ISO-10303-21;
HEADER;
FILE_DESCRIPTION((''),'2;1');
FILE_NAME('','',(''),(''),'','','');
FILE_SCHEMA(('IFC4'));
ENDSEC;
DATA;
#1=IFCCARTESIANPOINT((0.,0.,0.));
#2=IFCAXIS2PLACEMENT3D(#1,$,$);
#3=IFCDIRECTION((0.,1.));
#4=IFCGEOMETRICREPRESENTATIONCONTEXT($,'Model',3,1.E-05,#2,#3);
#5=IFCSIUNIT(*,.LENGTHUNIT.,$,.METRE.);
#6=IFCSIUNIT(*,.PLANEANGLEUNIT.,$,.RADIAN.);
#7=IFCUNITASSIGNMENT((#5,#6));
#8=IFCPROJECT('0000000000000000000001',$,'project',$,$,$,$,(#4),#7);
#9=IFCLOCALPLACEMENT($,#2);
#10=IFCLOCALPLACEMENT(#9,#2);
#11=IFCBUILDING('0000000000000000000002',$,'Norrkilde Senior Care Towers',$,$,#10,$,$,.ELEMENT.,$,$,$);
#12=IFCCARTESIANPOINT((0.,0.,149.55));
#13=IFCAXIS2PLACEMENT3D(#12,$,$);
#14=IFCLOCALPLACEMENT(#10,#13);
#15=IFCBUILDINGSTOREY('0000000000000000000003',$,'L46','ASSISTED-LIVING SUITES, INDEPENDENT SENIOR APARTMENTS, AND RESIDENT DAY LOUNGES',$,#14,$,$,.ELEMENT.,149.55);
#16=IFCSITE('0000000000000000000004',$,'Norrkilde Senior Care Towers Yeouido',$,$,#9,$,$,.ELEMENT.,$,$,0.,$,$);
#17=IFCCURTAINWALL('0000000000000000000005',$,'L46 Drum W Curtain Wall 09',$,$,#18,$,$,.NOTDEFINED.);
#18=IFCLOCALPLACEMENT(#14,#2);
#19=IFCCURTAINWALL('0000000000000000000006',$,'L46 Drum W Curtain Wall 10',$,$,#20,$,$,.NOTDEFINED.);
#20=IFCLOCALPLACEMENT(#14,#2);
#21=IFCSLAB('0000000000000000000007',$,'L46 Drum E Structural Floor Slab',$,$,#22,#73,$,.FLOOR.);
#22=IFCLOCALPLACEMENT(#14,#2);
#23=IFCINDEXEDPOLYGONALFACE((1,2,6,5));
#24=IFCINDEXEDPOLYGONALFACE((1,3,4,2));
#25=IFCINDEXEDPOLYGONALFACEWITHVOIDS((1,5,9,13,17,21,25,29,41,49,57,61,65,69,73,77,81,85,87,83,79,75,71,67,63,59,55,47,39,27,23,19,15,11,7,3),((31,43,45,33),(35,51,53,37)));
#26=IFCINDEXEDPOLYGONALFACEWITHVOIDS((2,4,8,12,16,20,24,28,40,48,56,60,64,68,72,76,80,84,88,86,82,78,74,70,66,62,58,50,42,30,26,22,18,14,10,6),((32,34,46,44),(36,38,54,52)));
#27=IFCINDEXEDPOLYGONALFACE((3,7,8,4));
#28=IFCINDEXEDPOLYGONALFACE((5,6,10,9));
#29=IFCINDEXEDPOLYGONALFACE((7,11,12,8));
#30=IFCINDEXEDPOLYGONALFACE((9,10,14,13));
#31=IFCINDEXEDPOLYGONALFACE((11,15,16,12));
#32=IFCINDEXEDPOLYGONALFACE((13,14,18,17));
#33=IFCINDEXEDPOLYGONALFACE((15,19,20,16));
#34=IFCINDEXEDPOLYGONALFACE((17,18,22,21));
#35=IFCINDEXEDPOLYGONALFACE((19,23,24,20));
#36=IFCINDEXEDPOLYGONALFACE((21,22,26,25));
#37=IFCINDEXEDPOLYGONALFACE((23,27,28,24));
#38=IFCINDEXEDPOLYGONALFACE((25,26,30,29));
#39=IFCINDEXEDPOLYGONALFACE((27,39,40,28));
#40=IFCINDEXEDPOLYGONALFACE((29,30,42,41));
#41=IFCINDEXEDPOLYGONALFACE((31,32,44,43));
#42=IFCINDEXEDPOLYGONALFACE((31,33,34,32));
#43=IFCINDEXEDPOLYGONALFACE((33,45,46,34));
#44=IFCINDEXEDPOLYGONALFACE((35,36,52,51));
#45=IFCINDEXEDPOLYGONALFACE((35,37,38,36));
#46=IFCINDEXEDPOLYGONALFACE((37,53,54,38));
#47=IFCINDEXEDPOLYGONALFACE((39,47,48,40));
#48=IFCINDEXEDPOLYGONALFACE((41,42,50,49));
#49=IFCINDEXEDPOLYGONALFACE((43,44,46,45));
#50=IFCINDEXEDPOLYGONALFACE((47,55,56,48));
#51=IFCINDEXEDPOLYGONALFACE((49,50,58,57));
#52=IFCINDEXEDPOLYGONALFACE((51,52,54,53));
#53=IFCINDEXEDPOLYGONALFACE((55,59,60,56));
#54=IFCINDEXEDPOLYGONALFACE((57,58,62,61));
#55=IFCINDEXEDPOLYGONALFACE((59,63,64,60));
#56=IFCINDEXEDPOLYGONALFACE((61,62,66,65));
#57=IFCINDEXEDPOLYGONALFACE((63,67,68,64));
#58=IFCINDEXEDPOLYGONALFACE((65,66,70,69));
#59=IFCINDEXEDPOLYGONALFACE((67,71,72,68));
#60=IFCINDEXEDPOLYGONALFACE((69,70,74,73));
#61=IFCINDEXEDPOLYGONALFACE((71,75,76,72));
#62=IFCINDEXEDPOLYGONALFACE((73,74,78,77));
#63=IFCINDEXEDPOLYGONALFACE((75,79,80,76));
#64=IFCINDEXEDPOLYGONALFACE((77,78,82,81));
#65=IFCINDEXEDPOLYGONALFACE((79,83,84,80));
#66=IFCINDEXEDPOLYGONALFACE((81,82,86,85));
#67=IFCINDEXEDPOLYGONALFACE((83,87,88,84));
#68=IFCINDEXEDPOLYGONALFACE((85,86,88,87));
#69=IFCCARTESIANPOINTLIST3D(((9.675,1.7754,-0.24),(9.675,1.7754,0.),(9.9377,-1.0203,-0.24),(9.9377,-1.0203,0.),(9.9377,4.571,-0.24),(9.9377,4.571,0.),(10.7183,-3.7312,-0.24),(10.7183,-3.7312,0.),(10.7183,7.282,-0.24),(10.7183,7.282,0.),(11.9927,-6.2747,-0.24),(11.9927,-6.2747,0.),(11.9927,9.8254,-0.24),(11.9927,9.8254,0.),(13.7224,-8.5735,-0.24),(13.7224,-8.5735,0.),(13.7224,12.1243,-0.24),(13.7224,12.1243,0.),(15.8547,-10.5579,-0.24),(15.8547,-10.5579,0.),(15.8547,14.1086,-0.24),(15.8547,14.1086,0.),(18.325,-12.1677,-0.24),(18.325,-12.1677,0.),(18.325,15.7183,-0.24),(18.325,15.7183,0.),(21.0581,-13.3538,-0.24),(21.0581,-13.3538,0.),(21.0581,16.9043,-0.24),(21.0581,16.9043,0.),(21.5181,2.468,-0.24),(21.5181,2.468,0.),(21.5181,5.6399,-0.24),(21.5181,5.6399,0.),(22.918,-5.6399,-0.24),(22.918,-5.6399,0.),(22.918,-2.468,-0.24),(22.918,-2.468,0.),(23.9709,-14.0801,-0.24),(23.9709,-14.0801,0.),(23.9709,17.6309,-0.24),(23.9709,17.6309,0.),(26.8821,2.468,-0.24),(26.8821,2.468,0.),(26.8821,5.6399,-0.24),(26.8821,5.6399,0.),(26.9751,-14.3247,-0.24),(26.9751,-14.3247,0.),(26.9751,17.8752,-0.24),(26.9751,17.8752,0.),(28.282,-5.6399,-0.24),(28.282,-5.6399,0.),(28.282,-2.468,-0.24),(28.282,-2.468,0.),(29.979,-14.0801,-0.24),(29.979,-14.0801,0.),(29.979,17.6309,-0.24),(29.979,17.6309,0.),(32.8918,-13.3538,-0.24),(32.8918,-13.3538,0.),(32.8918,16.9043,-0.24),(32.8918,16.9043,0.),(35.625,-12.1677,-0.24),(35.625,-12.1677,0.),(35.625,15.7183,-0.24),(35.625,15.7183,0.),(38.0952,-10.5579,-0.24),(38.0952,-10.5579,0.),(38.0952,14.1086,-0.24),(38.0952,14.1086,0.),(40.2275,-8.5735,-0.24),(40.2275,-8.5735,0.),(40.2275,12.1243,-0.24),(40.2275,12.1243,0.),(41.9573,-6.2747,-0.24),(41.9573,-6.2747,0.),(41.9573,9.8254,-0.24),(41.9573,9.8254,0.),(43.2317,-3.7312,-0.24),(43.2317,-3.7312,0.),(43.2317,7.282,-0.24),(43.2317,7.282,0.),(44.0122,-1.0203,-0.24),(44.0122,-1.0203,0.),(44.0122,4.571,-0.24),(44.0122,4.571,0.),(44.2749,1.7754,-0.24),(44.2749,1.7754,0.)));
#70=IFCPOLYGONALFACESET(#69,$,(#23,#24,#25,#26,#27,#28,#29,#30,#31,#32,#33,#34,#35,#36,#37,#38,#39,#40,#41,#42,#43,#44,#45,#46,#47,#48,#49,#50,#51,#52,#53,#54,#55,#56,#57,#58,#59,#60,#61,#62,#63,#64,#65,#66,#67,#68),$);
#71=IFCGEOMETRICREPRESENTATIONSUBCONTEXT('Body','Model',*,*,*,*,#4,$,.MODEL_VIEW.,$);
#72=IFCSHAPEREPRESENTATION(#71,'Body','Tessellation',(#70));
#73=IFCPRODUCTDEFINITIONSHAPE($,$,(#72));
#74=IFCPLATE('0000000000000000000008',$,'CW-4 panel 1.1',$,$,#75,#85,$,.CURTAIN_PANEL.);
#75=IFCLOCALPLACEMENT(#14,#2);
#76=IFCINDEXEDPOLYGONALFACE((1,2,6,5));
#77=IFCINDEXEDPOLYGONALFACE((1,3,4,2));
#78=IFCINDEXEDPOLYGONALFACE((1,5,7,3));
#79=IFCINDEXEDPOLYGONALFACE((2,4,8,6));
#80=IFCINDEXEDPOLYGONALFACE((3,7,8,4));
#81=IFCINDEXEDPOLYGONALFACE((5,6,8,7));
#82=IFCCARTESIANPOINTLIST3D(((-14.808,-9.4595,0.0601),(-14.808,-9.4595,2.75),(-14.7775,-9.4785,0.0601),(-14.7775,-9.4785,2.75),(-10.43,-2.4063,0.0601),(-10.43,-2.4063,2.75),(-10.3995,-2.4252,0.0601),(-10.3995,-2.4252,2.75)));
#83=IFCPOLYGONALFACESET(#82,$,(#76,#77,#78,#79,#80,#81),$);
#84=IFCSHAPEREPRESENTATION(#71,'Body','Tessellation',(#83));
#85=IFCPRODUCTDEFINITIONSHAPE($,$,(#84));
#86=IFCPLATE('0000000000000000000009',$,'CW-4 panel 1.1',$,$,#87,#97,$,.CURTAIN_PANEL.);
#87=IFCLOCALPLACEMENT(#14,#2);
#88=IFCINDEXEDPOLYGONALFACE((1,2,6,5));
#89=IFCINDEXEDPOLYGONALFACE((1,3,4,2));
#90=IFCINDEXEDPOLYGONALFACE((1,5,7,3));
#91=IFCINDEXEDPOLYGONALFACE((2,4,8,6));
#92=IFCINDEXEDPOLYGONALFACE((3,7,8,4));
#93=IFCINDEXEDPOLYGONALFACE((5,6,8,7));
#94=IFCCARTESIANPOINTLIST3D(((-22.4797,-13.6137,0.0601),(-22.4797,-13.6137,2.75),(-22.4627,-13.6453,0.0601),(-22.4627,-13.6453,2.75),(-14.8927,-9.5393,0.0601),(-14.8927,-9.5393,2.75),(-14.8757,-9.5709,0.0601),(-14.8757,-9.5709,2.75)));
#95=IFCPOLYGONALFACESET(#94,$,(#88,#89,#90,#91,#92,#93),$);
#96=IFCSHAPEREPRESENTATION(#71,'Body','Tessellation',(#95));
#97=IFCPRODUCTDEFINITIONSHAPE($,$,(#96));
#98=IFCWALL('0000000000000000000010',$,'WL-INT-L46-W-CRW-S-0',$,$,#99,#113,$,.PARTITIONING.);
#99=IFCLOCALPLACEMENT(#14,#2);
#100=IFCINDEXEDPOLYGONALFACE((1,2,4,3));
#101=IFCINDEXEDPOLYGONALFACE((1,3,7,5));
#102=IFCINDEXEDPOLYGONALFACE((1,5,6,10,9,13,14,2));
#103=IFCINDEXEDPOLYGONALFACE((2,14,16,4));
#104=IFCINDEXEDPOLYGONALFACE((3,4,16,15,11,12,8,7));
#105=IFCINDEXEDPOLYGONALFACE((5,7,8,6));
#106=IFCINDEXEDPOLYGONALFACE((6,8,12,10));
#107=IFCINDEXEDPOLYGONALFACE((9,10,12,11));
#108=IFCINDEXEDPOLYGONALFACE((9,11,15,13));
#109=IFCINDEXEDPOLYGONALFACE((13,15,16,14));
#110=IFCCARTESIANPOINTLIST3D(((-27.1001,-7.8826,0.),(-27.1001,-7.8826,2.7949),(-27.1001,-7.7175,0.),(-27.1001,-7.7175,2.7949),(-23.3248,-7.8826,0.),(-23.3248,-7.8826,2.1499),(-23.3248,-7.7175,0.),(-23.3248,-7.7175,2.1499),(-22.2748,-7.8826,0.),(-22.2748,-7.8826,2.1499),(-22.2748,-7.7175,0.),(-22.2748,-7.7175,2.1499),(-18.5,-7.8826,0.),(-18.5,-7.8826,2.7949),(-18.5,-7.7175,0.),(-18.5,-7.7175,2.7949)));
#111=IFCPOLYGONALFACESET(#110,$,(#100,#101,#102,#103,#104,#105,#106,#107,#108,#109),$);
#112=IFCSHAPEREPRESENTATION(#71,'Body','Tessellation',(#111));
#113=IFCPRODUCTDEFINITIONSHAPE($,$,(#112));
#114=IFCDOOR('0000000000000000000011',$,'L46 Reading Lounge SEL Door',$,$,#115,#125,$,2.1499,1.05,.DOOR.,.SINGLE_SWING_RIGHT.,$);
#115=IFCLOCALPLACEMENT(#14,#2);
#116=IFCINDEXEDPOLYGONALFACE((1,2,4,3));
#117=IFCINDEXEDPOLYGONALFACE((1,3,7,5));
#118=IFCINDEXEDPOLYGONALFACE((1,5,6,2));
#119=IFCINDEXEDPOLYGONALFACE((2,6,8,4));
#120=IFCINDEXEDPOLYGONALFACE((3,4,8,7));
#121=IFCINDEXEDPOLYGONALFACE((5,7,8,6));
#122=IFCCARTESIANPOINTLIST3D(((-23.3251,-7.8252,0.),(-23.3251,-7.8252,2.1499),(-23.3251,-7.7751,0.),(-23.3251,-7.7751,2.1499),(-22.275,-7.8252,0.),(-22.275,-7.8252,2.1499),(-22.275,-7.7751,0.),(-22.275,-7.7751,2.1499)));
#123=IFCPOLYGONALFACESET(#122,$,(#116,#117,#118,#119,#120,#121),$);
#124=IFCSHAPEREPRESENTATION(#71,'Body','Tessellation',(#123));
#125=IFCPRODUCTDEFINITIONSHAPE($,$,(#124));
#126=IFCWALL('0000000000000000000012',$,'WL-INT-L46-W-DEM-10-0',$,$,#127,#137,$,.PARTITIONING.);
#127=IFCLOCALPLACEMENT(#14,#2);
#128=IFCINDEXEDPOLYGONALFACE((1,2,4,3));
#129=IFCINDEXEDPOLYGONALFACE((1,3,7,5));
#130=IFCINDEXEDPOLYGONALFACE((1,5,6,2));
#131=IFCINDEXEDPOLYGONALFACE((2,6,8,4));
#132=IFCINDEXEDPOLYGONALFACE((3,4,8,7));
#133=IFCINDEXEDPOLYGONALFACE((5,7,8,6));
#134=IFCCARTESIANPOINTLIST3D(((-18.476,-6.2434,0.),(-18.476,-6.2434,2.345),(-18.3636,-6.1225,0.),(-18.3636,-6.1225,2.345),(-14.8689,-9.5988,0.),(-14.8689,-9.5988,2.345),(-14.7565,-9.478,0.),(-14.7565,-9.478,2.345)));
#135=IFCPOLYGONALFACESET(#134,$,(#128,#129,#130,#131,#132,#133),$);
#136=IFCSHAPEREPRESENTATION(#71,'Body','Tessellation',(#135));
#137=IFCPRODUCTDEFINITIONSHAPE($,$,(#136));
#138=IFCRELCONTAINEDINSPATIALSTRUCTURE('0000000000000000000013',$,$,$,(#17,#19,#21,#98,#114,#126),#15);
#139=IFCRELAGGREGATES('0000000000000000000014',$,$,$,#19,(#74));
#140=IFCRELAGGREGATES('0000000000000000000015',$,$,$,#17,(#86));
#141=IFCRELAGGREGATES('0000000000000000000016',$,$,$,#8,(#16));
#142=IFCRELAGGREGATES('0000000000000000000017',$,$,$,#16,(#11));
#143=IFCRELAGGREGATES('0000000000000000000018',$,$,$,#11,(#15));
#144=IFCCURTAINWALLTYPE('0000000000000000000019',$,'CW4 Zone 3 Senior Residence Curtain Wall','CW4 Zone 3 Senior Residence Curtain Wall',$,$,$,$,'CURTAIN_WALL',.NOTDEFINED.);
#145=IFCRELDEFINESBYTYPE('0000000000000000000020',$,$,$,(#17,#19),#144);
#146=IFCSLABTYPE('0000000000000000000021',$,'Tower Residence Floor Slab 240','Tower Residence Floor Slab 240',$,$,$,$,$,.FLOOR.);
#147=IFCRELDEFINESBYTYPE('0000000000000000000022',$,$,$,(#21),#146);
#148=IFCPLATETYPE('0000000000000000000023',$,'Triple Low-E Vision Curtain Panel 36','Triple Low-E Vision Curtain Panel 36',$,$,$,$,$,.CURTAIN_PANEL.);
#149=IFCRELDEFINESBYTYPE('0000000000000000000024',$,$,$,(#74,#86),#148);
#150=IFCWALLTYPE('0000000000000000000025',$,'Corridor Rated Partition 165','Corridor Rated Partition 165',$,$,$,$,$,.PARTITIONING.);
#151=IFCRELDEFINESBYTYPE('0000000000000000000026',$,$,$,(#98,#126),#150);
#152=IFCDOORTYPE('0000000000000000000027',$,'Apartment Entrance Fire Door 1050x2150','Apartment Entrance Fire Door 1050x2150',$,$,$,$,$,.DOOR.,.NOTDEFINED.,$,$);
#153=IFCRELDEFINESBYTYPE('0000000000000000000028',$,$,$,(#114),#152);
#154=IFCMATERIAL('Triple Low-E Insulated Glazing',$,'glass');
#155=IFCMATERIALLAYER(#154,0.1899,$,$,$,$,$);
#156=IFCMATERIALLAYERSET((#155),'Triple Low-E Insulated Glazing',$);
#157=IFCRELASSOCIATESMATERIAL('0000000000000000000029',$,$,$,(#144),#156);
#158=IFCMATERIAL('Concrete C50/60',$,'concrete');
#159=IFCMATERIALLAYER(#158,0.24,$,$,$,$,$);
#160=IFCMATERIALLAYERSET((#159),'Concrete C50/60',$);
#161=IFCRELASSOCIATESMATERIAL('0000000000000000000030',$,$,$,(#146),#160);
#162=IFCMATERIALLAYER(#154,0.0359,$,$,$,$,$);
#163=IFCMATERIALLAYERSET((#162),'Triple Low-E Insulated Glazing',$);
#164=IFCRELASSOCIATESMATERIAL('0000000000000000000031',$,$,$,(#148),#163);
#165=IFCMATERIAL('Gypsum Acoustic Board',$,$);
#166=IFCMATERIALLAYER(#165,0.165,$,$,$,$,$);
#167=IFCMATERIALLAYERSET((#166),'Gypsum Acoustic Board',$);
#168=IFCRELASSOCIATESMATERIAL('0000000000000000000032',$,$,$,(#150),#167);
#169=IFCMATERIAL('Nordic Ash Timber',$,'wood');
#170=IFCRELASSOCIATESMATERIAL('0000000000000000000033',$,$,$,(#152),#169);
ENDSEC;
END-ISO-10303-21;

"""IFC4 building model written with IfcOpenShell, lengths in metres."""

from ifc_helpers import new_model, si_unit, direction, frame, frame_2d, origin, origin_2d, place, context, subcontext, project, spatial, polyline, rectangle, outline, extrude, source, transform, mapped, material, layer, layer_set, type_object, type_shapes, element, fill, aggregate, save


model = new_model("IFC4")

# Units and contexts
model_context = context("Model", 3, precision=1e-05, world=origin(), true_north=direction((0.0, 1.0)))
body_context = subcontext(model_context, "Body", "Model", "MODEL_VIEW")
ifc_project = project(units=[si_unit("LENGTHUNIT", "METRE"), si_unit("PLANEANGLEUNIT", "RADIAN")], contexts=[model_context])

# Site, building, storey
site_placement = place(None, origin())
site = spatial("IfcSite", under=ifc_project, at=site_placement, Name="Norrkilde Senior Care Towers Yeouido", CompositionType="ELEMENT", RefElevation=0.0)
building_placement = place(site_placement, origin())
building = spatial("IfcBuilding", under=site, at=building_placement, Name="Norrkilde Senior Care Towers", CompositionType="ELEMENT")
storey_placement = place(building_placement, frame((0.0, 0.0, 149.55)))
storey = spatial("IfcBuildingStorey", under=building, at=storey_placement, Name="L46", Description="ASSISTED-LIVING SUITES, INDEPENDENT SENIOR APARTMENTS, AND RESIDENT DAY LOUNGES", CompositionType="ELEMENT", Elevation=149.55)

# Shared definitions
ifc_material_1 = material(Name="Concrete C50/60", Category="concrete")

# Curtain wall
ifc_material_2 = material(Name="Triple Low-E Insulated Glazing", Category="glass")
ifc_layer_1 = layer(ifc_material_2, 0.1899)
ifc_layer_set_1 = layer_set([ifc_layer_1], Name="Triple Low-E Insulated Glazing")
curtain_wall_type = type_object("IfcCurtainWallType", Name="CW4 Zone 3 Senior Residence Curtain Wall", Description="CW4 Zone 3 Senior Residence Curtain Wall", ElementType="CURTAIN_WALL", PredefinedType="NOTDEFINED", material=ifc_layer_set_1)
curtain_wall_1_placement = place(storey_placement, origin())
curtain_wall_1 = element("IfcCurtainWall", 1, at=curtain_wall_1_placement, inside=storey, type_object=curtain_wall_type, Name="L46 Drum W Curtain Wall 09", PredefinedType="NOTDEFINED")

# Curtain wall
curtain_wall_2_placement = place(storey_placement, origin())
curtain_wall_2 = element("IfcCurtainWall", 2, at=curtain_wall_2_placement, inside=storey, type_object=curtain_wall_type, Name="L46 Drum W Curtain Wall 10", PredefinedType="NOTDEFINED")

# Slab
ifc_layer_2 = layer(ifc_material_1, 0.24)
ifc_layer_set_2 = layer_set([ifc_layer_2], Name="Concrete C50/60")
slab_type_1 = type_object("IfcSlabType", Name="Tower Residence Floor Slab 240", Description="Tower Residence Floor Slab 240", PredefinedType="FLOOR", material=ifc_layer_set_2)
slab_1_placement = place(storey_placement, frame((0.0, 0.0, -0.24)))
element("IfcSlab", 3, at=slab_1_placement, inside=storey, type_object=slab_type_1, Name="L46 Drum E Structural Floor Slab", PredefinedType="FLOOR", context=body_context, shape_type="SweptSolid", body=[
    extrude(outline(polyline([(43.2317, -3.7312), (41.9573, -6.2747), (40.2275, -8.5735), (38.0952, -10.5579), (35.625, -12.1677), (32.8918, -13.3538), (29.979, -14.0801), (26.9751, -14.3247), (23.9709, -14.0801), (21.0581, -13.3538), (18.325, -12.1677), (15.8547, -10.5579), (13.7224, -8.5735), (11.9927, -6.2747), (10.7183, -3.7312), (9.9377, -1.0203), (9.675, 1.7754), (9.9377, 4.571), (10.7183, 7.282), (11.9927, 9.8254), (13.7224, 12.1243), (15.8547, 14.1086), (18.325, 15.7183), (21.0581, 16.9043), (23.9709, 17.6309), (26.9751, 17.8752), (29.979, 17.6309), (32.8918, 16.9043), (35.625, 15.7183), (38.0952, 14.1086), (40.2275, 12.1243), (41.9573, 9.8254), (43.2317, 7.282), (44.0122, 4.571), (44.2749, 1.7754), (44.0122, -1.0203), (43.2317, -3.7312)]), holes=[polyline([(21.5181, 2.468), (26.8821, 2.468), (26.8821, 5.6399), (21.5181, 5.6399), (21.5181, 2.468)]), polyline([(28.282, -5.6399), (28.282, -2.468), (22.918, -2.468), (22.918, -5.6399), (28.282, -5.6399)])]), origin(), (0.0, 0.0, 1.0), 0.24),
])

# Plates
ifc_layer_3 = layer(ifc_material_2, 0.0359)
ifc_layer_set_3 = layer_set([ifc_layer_3], Name="Triple Low-E Insulated Glazing")
plate_type = type_object("IfcPlateType", Name="Triple Low-E Vision Curtain Panel 36", Description="Triple Low-E Vision Curtain Panel 36", PredefinedType="CURTAIN_PANEL", material=ifc_layer_set_3)
shared_shape_1 = source(origin(), body_context, "Body", "SweptSolid", [
    extrude(rectangle(XDim=8.3015, YDim=0.0359, at=origin_2d()), origin(), (0.0, 0.0, 1.0), 2.6899),
])
plate_1_placement = place(storey_placement, frame((-12.6038, -5.9424, 0.0601), z_axis=(0.0, 0.0, 1.0), x_axis=(-0.527373, -0.849634, 0.0)))
plate_1 = element("IfcPlate", 4, at=plate_1_placement, type_object=plate_type, Name="CW-4 panel 1.1", PredefinedType="CURTAIN_PANEL", context=body_context, shape_type="MappedRepresentation", body=[
    mapped(shared_shape_1, transform((0.0, 0.0, 0.0), x_axis=(1.0, 0.0, 0.0), y_axis=(0.0, 1.0, 0.0), z_axis=(0.0, 0.0, 1.0), scale=1.0)),
])
aggregate(curtain_wall_2, [plate_1])
shared_shape_2 = source(origin(), body_context, "Body", "SweptSolid", [
    extrude(rectangle(XDim=8.6118, YDim=0.0359, at=origin_2d()), origin(), (0.0, 0.0, 1.0), 2.6899),
])
type_shapes(plate_type, [shared_shape_1, shared_shape_2])
plate_2_placement = place(storey_placement, frame((-18.6777, -11.5923, 0.0601), z_axis=(0.0, 0.0, 1.0), x_axis=(-0.881, -0.473117, 0.0)))
plate_2 = element("IfcPlate", 5, at=plate_2_placement, type_object=plate_type, Name="CW-4 panel 1.1", PredefinedType="CURTAIN_PANEL", context=body_context, shape_type="MappedRepresentation", body=[
    mapped(shared_shape_2, transform((0.0, 0.0, 0.0), x_axis=(1.0, 0.0, 0.0), y_axis=(0.0, 1.0, 0.0), z_axis=(0.0, 0.0, 1.0), scale=1.0)),
])
aggregate(curtain_wall_1, [plate_2])

# Wall, opening, door
ifc_material_3 = material(Name="Gypsum Acoustic Board")
ifc_layer_4 = layer(ifc_material_3, 0.165)
ifc_layer_set_4 = layer_set([ifc_layer_4], Name="Gypsum Acoustic Board")
wall_type = type_object("IfcWallType", Name="Corridor Rated Partition 165", Description="Corridor Rated Partition 165", PredefinedType="PARTITIONING", material=ifc_layer_set_4)
shared_shape_3 = source(origin(), body_context, "Body", "SweptSolid", [
    extrude(rectangle(XDim=8.6001, YDim=0.165, at=frame_2d((4.3, 0.0))), origin(), (0.0, 0.0, 1.0), 2.7949),
])
wall_1_placement = place(storey_placement, frame((-18.5, -7.8, 0.0), z_axis=(0.0, 0.0, 1.0), x_axis=(-1.0, 0.0, 0.0)))
wall_1 = element("IfcWall", 6, at=wall_1_placement, inside=storey, type_object=wall_type, Name="WL-INT-L46-W-CRW-S-0", PredefinedType="PARTITIONING", context=body_context, shape_type="MappedRepresentation", body=[
    mapped(shared_shape_3, transform((0.0, 0.0, 0.0), x_axis=(1.0, 0.0, 0.0), y_axis=(0.0, 1.0, 0.0), z_axis=(0.0, 0.0, 1.0), scale=1.0)),
])
opening_placement = place(wall_1_placement, frame((3.7749, 0.0, 0.0)))
opening = element("IfcOpeningElement", 7, at=opening_placement, cuts=wall_1, PredefinedType="OPENING", context=body_context, shape_type="SweptSolid", body=[
    extrude(rectangle(XDim=1.05, YDim=2.1499, at=frame_2d((0.5249, 1.075))), frame((0.0, 0.0925, 0.0), z_axis=(0.0, -1.0, 0.0), x_axis=(1.0, 0.0, 0.0)), (0.0, 0.0, 1.0), 0.1851),
])
ifc_material_4 = material(Name="Nordic Ash Timber", Category="wood")
door_type = type_object("IfcDoorType", Name="Apartment Entrance Fire Door 1050x2150", Description="Apartment Entrance Fire Door 1050x2150", OperationType="NOTDEFINED", PredefinedType="DOOR", material=ifc_material_4)
shared_shape_4 = source(origin(), body_context, "Body", "SweptSolid", [
    extrude(rectangle(XDim=1.05, YDim=2.1499, at=frame_2d((0.5249, 1.075))), frame((0.0, 0.0249, 0.0), z_axis=(0.0, -1.0, 0.0), x_axis=(1.0, 0.0, 0.0)), (0.0, 0.0, 1.0), 0.05),
])
type_shapes(door_type, [shared_shape_4])
door_placement = place(opening_placement, frame((1.05, 0.0, 0.0), z_axis=(0.0, 0.0, 1.0), x_axis=(-1.0, 0.0, 0.0)))
door = element("IfcDoor", 8, at=door_placement, inside=storey, type_object=door_type, Name="L46 Reading Lounge SEL Door", OperationType="SINGLE_SWING_RIGHT", OverallHeight=2.1499, OverallWidth=1.05, PredefinedType="DOOR", context=body_context, shape_type="MappedRepresentation", body=[
    mapped(shared_shape_4, transform((0.0, 0.0, 0.0), x_axis=(1.0, 0.0, 0.0), y_axis=(0.0, 1.0, 0.0), z_axis=(0.0, 0.0, 1.0), scale=1.0)),
])
fill(opening, door)

# Wall
shared_shape_5 = source(origin(), body_context, "Body", "SweptSolid", [
    extrude(rectangle(XDim=4.9265, YDim=0.165, at=frame_2d((2.4634, 0.0))), origin(), (0.0, 0.0, 1.0), 2.345),
])
type_shapes(wall_type, [shared_shape_3, shared_shape_5])
wall_2_placement = place(storey_placement, frame((-18.4199, -6.1829, 0.0), z_axis=(0.0, 0.0, 1.0), x_axis=(0.732191, -0.681099, 0.0)))
element("IfcWall", 9, at=wall_2_placement, inside=storey, type_object=wall_type, Name="WL-INT-L46-W-DEM-10-0", PredefinedType="PARTITIONING", context=body_context, shape_type="MappedRepresentation", body=[
    mapped(shared_shape_5, transform((0.0, 0.0, 0.0), x_axis=(1.0, 0.0, 0.0), y_axis=(0.0, 1.0, 0.0), z_axis=(0.0, 0.0, 1.0), scale=1.0)),
])

save(model, "model.ifc")
